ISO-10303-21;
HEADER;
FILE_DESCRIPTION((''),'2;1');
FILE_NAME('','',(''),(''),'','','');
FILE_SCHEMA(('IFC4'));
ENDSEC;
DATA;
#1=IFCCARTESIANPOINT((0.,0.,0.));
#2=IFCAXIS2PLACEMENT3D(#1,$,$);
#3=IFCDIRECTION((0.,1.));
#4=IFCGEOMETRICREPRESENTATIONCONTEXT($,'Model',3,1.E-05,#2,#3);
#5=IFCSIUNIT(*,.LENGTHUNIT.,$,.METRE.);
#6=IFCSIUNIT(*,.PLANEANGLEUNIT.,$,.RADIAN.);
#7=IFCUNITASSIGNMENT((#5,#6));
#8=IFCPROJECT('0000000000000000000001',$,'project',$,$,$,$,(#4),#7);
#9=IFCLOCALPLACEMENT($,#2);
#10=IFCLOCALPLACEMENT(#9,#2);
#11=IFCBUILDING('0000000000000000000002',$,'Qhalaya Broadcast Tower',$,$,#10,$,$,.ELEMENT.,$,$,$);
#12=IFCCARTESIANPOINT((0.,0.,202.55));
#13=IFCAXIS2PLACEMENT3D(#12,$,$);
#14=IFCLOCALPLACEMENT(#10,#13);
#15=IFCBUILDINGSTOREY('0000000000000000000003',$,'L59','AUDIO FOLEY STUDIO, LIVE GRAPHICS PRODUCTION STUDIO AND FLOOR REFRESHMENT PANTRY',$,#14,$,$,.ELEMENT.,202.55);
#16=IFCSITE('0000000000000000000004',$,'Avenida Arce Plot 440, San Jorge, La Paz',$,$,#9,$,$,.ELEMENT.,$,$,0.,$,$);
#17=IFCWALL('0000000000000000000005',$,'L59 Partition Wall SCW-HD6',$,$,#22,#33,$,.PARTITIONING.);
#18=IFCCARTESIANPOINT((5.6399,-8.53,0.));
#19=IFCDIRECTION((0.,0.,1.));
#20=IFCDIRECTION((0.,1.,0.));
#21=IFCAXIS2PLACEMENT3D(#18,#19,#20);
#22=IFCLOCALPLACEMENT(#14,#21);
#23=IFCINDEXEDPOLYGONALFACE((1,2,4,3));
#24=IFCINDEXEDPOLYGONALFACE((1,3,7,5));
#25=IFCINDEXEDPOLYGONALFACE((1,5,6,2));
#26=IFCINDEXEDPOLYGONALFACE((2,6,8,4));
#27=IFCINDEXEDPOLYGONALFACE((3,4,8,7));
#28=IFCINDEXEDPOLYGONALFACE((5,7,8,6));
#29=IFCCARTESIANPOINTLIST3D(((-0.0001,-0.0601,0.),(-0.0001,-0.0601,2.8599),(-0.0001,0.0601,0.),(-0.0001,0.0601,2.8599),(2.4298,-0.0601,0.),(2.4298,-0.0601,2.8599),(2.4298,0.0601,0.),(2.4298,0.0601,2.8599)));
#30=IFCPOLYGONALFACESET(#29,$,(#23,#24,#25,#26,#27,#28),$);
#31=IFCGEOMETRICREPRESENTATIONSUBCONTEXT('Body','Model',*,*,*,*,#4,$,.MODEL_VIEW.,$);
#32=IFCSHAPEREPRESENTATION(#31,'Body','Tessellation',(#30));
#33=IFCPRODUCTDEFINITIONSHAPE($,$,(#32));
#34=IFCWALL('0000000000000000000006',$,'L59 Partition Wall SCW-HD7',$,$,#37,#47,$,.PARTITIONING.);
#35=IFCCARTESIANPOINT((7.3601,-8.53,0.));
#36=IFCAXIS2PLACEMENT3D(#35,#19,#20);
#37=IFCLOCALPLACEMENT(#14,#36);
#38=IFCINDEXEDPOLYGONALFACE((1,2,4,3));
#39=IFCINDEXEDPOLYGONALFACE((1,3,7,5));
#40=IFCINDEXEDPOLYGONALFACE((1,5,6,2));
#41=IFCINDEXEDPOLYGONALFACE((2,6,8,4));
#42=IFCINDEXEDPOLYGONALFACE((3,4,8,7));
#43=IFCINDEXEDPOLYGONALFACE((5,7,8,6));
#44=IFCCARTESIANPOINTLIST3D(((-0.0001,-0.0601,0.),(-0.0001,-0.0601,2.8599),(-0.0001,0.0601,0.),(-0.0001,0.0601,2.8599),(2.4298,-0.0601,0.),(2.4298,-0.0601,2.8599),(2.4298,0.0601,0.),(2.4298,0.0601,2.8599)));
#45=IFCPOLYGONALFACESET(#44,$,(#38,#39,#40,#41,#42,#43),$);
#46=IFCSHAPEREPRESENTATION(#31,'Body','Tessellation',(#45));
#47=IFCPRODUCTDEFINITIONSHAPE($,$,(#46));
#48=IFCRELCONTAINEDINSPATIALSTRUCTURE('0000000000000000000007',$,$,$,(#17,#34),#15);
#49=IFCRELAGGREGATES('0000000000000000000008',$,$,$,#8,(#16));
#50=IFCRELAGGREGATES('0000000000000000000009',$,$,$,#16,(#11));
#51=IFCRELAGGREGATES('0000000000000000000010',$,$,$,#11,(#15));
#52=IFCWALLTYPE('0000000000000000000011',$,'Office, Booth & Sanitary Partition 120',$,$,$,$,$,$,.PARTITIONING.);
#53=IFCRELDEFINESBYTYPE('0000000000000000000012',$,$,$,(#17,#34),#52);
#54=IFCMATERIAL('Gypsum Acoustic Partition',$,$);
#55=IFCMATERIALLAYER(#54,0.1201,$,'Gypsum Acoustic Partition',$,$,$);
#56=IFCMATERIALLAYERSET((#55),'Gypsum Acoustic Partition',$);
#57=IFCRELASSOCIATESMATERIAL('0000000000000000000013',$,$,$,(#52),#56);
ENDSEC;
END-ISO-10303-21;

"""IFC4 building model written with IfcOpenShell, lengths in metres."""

from ifc_helpers import new_model, si_unit, direction, frame, frame_2d, origin, place, context, subcontext, project, spatial, rectangle, extrude, material, layer, layer_set, type_object, element, save


model = new_model("IFC4")

# Units and contexts
model_context = context("Model", 3, precision=1e-05, world=origin(), true_north=direction((0.0, 1.0)))
body_context = subcontext(model_context, "Body", "Model", "MODEL_VIEW")
ifc_project = project(units=[si_unit("LENGTHUNIT", "METRE"), si_unit("PLANEANGLEUNIT", "RADIAN")], contexts=[model_context])

# Site, building, storey
site_placement = place(None, origin())
site = spatial("IfcSite", under=ifc_project, at=site_placement, Name="Avenida Arce Plot 440, San Jorge, La Paz", CompositionType="ELEMENT", RefElevation=0.0)
building_placement = place(site_placement, origin())
building = spatial("IfcBuilding", under=site, at=building_placement, Name="Qhalaya Broadcast Tower", CompositionType="ELEMENT")
storey_placement = place(building_placement, frame((0.0, 0.0, 202.55)))
storey = spatial("IfcBuildingStorey", under=building, at=storey_placement, Name="L59", Description="AUDIO FOLEY STUDIO, LIVE GRAPHICS PRODUCTION STUDIO AND FLOOR REFRESHMENT PANTRY", CompositionType="ELEMENT", Elevation=202.55)

# Shared definitions
ifc_material_1 = material(Name="Gypsum Acoustic Partition")

# Walls
ifc_layer_1 = layer(ifc_material_1, 0.1201, Name="Gypsum Acoustic Partition")
ifc_layer_set_1 = layer_set([ifc_layer_1], Name="Gypsum Acoustic Partition")
wall_type_1 = type_object("IfcWallType", Name="Office, Booth & Sanitary Partition 120", PredefinedType="PARTITIONING", material=ifc_layer_set_1)
for number, where, z_axis, x_axis, name in (
    (1, (5.6399, -8.53, 0.0), (0.0, 0.0, 1.0), (0.0, 1.0, 0.0), "L59 Partition Wall SCW-HD6"),
    (2, (7.3601, -8.53, 0.0), (0.0, 0.0, 1.0), (0.0, 1.0, 0.0), "L59 Partition Wall SCW-HD7"),
):
    element("IfcWall", number, at=place(storey_placement, frame(where, z_axis=z_axis, x_axis=x_axis)), inside=storey, type_object=wall_type_1, Name=name, PredefinedType="PARTITIONING", context=body_context, shape_type="SweptSolid", body=[
        extrude(rectangle(XDim=2.4299, YDim=0.1201, at=frame_2d((1.2148, 0.0))), origin(), (0.0, 0.0, 1.0), 2.8599),
    ])

save(model, "model.ifc")
